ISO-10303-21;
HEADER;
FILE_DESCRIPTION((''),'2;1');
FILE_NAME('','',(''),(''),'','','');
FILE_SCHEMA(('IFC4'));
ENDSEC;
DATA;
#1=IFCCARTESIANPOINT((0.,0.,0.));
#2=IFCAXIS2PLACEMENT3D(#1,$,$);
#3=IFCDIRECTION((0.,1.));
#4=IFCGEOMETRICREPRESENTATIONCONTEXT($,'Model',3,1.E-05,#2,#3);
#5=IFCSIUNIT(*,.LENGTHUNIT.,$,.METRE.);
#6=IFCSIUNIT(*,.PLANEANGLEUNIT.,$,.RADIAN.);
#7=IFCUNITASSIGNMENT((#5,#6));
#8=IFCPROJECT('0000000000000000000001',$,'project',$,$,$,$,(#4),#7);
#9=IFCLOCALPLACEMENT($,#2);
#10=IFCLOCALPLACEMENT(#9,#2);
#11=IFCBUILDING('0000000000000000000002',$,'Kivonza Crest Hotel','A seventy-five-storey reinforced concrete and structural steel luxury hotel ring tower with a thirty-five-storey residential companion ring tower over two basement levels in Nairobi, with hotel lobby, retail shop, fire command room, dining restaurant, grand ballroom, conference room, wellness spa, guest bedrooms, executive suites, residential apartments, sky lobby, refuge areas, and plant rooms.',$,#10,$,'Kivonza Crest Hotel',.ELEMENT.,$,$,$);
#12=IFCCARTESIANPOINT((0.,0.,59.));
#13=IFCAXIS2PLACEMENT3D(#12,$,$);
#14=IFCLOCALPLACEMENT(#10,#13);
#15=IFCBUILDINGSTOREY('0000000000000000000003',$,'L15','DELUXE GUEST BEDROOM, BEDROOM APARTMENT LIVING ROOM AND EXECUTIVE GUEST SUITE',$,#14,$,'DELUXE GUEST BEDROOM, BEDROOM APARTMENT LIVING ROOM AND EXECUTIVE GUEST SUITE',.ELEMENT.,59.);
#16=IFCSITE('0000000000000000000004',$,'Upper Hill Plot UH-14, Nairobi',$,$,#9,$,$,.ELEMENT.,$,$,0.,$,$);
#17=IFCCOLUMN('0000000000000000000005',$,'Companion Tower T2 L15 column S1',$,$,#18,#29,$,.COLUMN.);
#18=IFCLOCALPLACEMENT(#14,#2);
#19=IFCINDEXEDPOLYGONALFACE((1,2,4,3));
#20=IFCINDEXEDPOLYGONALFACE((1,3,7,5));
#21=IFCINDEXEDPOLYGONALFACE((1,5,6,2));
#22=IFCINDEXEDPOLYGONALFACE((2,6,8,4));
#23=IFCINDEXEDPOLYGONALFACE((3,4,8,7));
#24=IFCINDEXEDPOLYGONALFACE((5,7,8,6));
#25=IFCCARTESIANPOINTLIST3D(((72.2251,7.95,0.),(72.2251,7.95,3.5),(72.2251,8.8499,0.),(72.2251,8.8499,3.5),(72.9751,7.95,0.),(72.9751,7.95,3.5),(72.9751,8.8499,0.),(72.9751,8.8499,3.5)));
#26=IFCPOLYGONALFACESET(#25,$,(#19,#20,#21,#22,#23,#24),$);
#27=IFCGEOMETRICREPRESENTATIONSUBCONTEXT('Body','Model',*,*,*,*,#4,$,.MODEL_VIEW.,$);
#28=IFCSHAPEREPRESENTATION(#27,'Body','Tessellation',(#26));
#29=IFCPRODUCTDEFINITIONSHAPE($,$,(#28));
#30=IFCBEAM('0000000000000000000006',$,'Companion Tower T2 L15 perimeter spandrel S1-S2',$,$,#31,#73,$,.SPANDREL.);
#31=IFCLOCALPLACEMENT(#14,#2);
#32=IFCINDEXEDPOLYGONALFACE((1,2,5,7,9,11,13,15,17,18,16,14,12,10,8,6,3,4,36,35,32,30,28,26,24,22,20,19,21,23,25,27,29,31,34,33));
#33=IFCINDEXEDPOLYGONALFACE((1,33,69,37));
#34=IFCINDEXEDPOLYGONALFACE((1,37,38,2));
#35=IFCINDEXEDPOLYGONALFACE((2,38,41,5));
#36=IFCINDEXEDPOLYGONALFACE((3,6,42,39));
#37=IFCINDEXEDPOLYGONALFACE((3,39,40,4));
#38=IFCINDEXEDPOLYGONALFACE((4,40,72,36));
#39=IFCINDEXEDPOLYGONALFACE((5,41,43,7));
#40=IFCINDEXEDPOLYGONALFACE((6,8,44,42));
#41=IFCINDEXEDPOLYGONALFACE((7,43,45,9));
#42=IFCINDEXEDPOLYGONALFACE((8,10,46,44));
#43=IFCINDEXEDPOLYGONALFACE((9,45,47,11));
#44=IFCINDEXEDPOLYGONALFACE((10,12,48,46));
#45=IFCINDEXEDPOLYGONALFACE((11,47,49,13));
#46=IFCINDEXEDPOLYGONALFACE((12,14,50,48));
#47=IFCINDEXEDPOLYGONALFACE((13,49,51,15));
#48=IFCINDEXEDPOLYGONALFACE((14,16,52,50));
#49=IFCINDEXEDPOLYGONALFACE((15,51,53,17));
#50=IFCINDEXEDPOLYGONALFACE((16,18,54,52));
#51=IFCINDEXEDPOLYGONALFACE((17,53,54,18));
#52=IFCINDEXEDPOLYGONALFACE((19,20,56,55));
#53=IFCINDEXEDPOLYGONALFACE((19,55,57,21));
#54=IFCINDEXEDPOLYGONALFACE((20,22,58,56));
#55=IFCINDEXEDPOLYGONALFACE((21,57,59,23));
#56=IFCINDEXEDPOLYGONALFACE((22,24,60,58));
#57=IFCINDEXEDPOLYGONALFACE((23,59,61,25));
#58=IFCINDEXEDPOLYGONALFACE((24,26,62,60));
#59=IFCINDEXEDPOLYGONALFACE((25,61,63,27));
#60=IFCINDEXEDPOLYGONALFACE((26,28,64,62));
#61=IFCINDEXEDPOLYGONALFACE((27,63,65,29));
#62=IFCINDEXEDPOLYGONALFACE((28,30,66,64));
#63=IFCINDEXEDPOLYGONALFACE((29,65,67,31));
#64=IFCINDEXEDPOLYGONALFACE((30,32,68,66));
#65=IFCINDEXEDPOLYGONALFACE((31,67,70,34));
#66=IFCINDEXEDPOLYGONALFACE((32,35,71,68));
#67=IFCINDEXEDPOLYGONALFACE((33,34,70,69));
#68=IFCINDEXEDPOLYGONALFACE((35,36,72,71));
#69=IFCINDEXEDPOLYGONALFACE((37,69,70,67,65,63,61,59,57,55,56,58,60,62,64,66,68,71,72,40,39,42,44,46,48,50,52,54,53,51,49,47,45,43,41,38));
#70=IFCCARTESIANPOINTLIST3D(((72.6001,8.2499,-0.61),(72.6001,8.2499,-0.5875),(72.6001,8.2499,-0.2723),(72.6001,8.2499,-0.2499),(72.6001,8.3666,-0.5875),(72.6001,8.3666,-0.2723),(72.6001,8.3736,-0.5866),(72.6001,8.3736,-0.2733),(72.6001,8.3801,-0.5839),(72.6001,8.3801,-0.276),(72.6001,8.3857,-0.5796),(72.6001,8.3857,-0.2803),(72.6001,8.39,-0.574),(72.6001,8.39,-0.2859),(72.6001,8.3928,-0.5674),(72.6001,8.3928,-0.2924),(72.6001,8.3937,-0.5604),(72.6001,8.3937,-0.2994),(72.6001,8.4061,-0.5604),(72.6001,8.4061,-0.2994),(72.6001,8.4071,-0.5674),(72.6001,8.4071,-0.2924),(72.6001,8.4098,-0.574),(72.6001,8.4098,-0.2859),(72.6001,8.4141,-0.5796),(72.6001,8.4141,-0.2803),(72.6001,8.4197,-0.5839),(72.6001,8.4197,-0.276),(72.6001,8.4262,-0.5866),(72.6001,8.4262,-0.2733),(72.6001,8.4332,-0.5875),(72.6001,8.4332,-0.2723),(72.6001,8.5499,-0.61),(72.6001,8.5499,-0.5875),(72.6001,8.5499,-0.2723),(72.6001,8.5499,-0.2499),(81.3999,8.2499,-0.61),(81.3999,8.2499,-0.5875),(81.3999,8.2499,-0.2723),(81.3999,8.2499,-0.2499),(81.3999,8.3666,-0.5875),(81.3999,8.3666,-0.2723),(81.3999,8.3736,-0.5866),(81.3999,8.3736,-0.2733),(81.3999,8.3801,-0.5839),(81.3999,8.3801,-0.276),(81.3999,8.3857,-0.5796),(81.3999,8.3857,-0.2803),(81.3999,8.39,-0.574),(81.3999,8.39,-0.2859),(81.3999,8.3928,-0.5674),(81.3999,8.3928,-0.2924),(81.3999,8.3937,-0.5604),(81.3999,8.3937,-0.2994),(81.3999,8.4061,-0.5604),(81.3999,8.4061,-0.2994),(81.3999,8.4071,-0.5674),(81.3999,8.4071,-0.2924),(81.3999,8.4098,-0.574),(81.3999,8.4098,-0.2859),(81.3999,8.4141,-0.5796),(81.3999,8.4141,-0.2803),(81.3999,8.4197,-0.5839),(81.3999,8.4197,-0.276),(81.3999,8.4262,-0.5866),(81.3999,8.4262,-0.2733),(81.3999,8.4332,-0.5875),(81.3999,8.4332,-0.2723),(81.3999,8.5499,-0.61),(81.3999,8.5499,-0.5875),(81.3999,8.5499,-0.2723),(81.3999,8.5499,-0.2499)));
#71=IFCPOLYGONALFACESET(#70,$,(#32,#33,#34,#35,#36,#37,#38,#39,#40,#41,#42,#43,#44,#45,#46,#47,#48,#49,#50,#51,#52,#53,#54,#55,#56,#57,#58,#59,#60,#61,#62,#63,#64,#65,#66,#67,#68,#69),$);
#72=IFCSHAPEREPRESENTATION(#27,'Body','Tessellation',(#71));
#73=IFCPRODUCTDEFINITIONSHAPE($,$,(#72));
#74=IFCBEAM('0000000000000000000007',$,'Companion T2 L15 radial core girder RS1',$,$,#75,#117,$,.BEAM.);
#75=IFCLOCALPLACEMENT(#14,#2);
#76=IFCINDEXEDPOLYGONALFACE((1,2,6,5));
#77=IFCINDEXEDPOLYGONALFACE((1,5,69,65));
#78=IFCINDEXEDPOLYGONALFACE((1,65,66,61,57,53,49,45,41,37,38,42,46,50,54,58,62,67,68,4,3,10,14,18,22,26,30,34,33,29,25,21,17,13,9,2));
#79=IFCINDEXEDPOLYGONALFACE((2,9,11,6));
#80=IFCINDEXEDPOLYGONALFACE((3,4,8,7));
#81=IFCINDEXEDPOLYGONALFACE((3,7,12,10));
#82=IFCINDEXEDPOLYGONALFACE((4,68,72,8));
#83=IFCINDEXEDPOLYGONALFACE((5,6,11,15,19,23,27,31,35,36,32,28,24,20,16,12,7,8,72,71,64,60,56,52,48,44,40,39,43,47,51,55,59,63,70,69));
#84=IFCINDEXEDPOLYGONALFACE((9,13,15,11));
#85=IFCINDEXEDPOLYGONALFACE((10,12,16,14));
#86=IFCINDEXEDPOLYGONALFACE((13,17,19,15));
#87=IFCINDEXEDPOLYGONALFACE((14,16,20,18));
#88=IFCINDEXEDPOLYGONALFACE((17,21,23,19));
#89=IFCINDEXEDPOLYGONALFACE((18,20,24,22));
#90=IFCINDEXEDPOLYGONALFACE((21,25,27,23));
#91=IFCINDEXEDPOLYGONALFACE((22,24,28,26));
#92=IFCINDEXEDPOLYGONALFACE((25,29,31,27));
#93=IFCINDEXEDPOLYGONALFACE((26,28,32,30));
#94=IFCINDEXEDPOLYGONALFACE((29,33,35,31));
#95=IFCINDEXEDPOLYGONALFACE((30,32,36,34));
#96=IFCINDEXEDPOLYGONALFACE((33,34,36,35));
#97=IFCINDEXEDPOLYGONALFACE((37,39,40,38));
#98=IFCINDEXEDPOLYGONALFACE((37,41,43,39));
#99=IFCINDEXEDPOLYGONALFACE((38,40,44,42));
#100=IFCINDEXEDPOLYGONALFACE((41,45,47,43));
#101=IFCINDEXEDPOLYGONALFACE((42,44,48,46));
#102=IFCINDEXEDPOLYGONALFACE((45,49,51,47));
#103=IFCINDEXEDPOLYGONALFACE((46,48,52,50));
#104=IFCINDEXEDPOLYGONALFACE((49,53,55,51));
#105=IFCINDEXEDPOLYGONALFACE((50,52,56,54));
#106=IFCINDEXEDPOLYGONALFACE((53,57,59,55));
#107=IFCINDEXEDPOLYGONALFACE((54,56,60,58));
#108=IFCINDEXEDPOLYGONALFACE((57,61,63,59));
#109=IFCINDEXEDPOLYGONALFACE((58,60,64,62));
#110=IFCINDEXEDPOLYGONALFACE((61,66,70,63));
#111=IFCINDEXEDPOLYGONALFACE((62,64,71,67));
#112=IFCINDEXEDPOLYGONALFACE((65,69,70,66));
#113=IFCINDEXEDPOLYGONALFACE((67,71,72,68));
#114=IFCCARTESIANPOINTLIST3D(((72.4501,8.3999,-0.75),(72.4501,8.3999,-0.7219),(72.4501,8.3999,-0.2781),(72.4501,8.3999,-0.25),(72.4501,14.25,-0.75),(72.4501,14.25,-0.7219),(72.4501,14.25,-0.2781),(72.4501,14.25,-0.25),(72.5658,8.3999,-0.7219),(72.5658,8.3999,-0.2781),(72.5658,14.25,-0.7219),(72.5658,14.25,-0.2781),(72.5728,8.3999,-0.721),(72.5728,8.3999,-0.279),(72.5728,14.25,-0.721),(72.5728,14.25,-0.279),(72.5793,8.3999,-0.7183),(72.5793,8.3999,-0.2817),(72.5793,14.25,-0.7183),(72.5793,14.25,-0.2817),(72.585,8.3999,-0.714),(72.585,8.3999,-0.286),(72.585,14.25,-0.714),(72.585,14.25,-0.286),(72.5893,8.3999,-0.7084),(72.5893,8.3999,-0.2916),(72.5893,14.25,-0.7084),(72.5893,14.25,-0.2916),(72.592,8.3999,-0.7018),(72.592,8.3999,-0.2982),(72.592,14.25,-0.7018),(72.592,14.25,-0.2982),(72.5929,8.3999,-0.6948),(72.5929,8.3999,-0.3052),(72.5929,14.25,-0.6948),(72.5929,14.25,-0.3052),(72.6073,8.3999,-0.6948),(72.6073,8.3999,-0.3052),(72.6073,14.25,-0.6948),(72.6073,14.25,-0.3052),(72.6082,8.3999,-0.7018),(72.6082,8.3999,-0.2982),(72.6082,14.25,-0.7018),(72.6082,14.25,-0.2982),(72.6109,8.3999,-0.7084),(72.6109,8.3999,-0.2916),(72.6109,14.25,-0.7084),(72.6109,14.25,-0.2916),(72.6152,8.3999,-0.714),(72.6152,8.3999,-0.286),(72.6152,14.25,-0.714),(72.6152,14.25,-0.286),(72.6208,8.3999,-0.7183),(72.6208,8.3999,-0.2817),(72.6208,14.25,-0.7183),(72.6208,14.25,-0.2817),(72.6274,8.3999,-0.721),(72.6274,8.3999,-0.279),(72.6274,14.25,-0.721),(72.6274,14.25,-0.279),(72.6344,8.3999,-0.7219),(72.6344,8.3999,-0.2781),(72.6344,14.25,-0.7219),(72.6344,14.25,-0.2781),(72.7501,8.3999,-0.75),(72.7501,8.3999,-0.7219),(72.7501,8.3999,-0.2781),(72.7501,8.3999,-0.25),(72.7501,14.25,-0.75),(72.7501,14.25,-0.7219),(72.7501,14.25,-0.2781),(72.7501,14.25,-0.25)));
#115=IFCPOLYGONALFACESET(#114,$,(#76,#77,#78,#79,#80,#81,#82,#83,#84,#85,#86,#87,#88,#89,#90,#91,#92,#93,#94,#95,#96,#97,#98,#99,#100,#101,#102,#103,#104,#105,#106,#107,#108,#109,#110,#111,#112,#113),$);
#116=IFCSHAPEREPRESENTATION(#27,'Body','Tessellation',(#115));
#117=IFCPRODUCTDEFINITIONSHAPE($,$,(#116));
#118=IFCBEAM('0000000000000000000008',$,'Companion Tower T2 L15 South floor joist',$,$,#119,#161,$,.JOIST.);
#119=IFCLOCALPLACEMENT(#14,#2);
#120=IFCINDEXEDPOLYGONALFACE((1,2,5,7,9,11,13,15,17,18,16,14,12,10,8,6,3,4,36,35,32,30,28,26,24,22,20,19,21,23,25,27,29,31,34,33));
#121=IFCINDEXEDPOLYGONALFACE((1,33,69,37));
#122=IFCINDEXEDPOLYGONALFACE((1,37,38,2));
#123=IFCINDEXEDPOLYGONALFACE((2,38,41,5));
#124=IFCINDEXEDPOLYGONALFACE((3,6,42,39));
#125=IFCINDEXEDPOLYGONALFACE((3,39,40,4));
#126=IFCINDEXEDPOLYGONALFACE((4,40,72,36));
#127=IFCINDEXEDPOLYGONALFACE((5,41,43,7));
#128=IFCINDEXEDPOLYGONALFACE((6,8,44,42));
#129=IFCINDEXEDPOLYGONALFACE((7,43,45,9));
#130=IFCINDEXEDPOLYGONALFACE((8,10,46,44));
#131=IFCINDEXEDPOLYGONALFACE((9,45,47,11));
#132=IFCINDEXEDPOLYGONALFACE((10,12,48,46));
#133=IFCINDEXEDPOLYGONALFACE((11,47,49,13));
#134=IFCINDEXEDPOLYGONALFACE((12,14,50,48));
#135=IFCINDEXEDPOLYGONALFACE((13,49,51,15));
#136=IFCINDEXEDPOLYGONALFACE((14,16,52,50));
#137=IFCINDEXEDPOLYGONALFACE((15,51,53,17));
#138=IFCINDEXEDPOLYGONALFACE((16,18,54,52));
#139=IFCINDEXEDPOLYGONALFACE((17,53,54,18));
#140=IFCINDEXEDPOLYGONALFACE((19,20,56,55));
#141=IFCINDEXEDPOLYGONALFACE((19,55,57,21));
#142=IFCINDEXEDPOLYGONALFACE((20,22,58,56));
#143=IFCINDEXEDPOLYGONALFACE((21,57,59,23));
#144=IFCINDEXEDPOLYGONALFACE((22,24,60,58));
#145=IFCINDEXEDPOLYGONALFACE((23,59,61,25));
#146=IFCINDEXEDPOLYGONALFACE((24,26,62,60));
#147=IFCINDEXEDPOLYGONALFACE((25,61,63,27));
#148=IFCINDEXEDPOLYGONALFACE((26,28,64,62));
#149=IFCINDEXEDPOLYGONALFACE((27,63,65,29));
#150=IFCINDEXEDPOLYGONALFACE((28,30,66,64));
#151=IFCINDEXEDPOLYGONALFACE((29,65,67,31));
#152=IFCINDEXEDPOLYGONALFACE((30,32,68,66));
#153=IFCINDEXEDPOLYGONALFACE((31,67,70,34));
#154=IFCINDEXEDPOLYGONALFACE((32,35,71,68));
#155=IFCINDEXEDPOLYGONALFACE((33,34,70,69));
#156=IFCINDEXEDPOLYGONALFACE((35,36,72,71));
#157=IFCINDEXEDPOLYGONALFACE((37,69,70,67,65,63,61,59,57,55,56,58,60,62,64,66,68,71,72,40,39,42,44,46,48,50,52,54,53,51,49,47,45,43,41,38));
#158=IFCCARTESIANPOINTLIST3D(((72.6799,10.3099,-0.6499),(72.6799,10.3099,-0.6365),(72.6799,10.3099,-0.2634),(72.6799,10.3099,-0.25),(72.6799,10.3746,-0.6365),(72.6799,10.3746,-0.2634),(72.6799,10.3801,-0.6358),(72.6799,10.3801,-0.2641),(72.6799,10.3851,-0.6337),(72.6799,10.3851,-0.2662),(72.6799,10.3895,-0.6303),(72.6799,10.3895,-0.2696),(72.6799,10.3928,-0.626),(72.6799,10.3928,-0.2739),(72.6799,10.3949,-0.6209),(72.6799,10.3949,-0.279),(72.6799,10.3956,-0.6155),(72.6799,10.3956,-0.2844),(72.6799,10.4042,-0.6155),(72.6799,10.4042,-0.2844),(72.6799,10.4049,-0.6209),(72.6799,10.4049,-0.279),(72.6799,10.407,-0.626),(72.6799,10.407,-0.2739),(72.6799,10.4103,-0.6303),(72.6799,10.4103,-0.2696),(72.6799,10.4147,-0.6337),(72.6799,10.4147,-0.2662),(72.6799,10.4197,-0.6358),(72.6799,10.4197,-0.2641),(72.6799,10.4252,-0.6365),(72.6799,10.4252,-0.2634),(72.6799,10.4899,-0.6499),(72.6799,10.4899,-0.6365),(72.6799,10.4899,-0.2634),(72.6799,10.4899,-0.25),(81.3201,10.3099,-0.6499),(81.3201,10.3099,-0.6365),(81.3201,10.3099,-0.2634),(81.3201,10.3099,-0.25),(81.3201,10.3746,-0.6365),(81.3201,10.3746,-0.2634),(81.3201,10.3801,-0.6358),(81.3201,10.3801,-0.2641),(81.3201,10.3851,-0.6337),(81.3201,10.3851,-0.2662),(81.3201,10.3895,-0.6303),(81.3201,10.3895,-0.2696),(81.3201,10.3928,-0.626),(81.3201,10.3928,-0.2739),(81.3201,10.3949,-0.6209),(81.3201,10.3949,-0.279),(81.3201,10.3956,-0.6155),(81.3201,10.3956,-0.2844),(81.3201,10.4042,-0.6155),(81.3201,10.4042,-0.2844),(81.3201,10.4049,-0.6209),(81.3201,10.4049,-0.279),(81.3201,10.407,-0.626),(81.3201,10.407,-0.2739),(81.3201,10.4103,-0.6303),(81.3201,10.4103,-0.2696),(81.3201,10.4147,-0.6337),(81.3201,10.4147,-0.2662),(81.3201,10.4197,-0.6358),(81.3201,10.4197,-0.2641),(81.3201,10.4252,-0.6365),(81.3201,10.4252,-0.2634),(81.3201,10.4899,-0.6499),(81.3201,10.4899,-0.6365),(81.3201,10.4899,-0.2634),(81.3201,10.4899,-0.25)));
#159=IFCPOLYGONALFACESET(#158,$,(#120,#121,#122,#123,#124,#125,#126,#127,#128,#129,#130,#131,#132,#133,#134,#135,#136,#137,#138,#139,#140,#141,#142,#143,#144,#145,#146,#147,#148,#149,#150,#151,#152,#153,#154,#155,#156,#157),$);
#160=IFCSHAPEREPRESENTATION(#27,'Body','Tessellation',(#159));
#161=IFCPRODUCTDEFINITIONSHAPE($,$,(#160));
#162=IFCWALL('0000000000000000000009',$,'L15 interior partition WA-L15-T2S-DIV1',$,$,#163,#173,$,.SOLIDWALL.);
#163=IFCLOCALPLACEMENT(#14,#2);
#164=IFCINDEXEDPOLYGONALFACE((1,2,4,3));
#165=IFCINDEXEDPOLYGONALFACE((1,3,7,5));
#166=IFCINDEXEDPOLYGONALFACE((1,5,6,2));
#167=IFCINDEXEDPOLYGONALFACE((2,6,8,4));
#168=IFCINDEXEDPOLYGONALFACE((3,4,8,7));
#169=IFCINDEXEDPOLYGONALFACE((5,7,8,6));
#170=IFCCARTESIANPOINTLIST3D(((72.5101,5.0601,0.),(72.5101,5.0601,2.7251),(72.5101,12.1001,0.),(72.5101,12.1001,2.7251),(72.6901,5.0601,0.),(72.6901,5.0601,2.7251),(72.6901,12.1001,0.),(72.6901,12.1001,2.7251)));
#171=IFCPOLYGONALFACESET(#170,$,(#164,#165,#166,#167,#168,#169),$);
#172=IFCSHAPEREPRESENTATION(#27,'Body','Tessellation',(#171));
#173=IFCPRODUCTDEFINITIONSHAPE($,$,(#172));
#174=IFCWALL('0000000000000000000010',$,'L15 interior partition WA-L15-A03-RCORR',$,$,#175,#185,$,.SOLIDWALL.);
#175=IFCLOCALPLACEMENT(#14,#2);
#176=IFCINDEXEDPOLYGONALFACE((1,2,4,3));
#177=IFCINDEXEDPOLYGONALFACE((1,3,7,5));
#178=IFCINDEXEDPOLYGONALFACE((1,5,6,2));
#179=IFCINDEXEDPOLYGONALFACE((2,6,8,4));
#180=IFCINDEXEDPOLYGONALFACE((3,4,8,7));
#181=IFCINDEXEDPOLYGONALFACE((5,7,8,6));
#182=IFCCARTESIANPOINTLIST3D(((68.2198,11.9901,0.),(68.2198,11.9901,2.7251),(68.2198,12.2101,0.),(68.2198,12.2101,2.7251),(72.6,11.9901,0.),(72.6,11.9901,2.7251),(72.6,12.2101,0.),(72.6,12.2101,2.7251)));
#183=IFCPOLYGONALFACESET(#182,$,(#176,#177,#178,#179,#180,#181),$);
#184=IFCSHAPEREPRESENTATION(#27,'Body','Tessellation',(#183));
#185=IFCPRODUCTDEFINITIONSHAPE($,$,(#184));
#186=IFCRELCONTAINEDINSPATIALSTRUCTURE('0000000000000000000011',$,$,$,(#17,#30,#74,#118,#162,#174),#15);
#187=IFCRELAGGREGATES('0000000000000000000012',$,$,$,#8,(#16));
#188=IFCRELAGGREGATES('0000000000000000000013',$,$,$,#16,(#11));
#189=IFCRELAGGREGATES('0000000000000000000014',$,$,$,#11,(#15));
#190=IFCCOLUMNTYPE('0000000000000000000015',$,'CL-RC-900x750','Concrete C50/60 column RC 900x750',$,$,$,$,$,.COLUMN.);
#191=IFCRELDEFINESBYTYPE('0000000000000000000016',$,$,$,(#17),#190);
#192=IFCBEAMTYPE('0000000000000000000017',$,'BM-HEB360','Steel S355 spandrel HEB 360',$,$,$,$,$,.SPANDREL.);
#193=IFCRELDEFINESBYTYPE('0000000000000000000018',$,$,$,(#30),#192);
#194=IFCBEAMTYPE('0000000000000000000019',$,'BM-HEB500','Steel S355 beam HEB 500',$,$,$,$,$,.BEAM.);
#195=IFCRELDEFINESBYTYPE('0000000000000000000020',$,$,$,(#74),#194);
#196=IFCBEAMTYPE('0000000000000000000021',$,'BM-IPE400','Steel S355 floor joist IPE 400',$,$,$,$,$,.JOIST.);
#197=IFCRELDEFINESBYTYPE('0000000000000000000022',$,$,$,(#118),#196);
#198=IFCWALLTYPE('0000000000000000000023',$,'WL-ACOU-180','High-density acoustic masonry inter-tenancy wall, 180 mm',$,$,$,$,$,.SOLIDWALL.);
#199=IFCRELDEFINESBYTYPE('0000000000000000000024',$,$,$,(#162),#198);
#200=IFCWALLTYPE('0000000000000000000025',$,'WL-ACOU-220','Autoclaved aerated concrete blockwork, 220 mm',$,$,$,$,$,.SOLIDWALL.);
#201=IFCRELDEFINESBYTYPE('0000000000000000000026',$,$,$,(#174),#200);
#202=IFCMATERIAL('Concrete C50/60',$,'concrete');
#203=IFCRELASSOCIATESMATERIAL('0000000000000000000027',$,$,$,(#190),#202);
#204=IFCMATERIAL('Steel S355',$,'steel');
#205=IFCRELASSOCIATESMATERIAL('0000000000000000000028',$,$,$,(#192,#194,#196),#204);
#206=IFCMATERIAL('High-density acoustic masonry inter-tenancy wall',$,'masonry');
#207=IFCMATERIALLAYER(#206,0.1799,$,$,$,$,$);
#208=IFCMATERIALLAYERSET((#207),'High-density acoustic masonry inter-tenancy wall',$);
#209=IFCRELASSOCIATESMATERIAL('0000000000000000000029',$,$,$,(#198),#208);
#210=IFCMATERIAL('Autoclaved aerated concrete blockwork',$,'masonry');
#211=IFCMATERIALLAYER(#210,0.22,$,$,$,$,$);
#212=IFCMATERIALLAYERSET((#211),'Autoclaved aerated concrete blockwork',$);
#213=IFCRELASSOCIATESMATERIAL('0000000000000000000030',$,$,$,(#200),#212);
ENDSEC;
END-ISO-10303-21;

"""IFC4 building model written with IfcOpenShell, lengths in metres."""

from ifc_helpers import new_model, si_unit, direction, frame, frame_2d, origin, origin_2d, place, context, subcontext, project, spatial, rectangle, i_section, extrude, material, layer, layer_set, material_profile, profile_set, type_object, element, save


model = new_model("IFC4")

# Units and contexts
model_context = context("Model", 3, precision=1e-05, world=origin(), true_north=direction((0.0, 1.0)))
body_context = subcontext(model_context, "Body", "Model", "MODEL_VIEW")
ifc_project = project(units=[si_unit("LENGTHUNIT", "METRE"), si_unit("PLANEANGLEUNIT", "RADIAN")], contexts=[model_context])

# Site, building, storey
site_placement = place(None, origin())
site = spatial("IfcSite", under=ifc_project, at=site_placement, Name="Upper Hill Plot UH-14, Nairobi", CompositionType="ELEMENT", RefElevation=0.0)
building_placement = place(site_placement, origin())
building = spatial("IfcBuilding", under=site, at=building_placement, Name="Kivonza Crest Hotel", Description="A seventy-five-storey reinforced concrete and structural steel luxury hotel ring tower with a thirty-five-storey residential companion ring tower over two basement levels in Nairobi, with hotel lobby, retail shop, fire command room, dining restaurant, grand ballroom, conference room, wellness spa, guest bedrooms, executive suites, residential apartments, sky lobby, refuge areas, and plant rooms.", LongName="Kivonza Crest Hotel", CompositionType="ELEMENT")
storey_placement = place(building_placement, frame((0.0, 0.0, 59.0)))
storey = spatial("IfcBuildingStorey", under=building, at=storey_placement, Name="L15", Description="DELUXE GUEST BEDROOM, BEDROOM APARTMENT LIVING ROOM AND EXECUTIVE GUEST SUITE", LongName="DELUXE GUEST BEDROOM, BEDROOM APARTMENT LIVING ROOM AND EXECUTIVE GUEST SUITE", CompositionType="ELEMENT", Elevation=59.0)

# Column
ifc_material_1 = material(Name="Concrete C50/60", Category="concrete")
ifc_material_profile_1 = material_profile(ifc_material_1, rectangle(XDim=0.75, YDim=0.8999, at=origin_2d()), Name="RC 900x750")
ifc_profile_set_1 = profile_set([ifc_material_profile_1], Name="Concrete C50/60")
column_type = type_object("IfcColumnType", Name="CL-RC-900x750", Description="Concrete C50/60 column RC 900x750", PredefinedType="COLUMN", material=ifc_profile_set_1)
column_placement = place(storey_placement, frame((72.6001, 8.3999, 0.0), z_axis=(0.0, 0.0, 1.0), x_axis=(1.0, 0.0, 0.0)))
element("IfcColumn", 1, at=column_placement, inside=storey, type_object=column_type, Name="Companion Tower T2 L15 column S1", PredefinedType="COLUMN", context=body_context, shape_type="SweptSolid", body=[
    extrude(rectangle(XDim=0.75, YDim=0.8999, at=origin_2d()), origin(), (0.0, 0.0, 1.0), 3.5),
])

# Beams
ifc_material_2 = material(Name="Steel S355", Category="steel")
ifc_material_profile_2 = material_profile(ifc_material_2, i_section(OverallWidth=0.3, OverallDepth=0.3601, WebThickness=0.0125, FlangeThickness=0.0225, FilletRadius=0.0271, at=origin_2d()), Name="HEB 360")
ifc_profile_set_2 = profile_set([ifc_material_profile_2], Name="Steel S355")
beam_type_1 = type_object("IfcBeamType", Name="BM-HEB360", Description="Steel S355 spandrel HEB 360", PredefinedType="SPANDREL", material=ifc_profile_set_2)
beam_1_placement = place(storey_placement, frame((72.6001, 8.3999, -0.4299), z_axis=(1.0, 0.0, 0.0), x_axis=(0.0, 1.0, 0.0)))
element("IfcBeam", 2, at=beam_1_placement, inside=storey, type_object=beam_type_1, Name="Companion Tower T2 L15 perimeter spandrel S1-S2", PredefinedType="SPANDREL", context=body_context, shape_type="SweptSolid", body=[
    extrude(i_section(OverallWidth=0.3, OverallDepth=0.3601, WebThickness=0.0125, FlangeThickness=0.0225, FilletRadius=0.0271, at=origin_2d()), origin(), (0.0, 0.0, 1.0), 8.7998),
])
ifc_material_profile_3 = material_profile(ifc_material_2, i_section(OverallWidth=0.3, OverallDepth=0.5, WebThickness=0.0144, FlangeThickness=0.0281, FilletRadius=0.0271, at=origin_2d()), Name="HEB 500")
ifc_profile_set_3 = profile_set([ifc_material_profile_3], Name="Steel S355")
beam_type_2 = type_object("IfcBeamType", Name="BM-HEB500", Description="Steel S355 beam HEB 500", PredefinedType="BEAM", material=ifc_profile_set_3)
beam_2_placement = place(storey_placement, frame((72.6001, 8.3999, -0.5), z_axis=(0.0, 1.0, 0.0), x_axis=(-1.0, 0.0, 0.0)))
element("IfcBeam", 3, at=beam_2_placement, inside=storey, type_object=beam_type_2, Name="Companion T2 L15 radial core girder RS1", PredefinedType="BEAM", context=body_context, shape_type="SweptSolid", body=[
    extrude(i_section(OverallWidth=0.3, OverallDepth=0.5, WebThickness=0.0144, FlangeThickness=0.0281, FilletRadius=0.0271, at=origin_2d()), origin(), (0.0, 0.0, 1.0), 5.8501),
])
ifc_material_profile_4 = material_profile(ifc_material_2, i_section(OverallWidth=0.1799, OverallDepth=0.3999, WebThickness=0.0085, FlangeThickness=0.0134, FilletRadius=0.021, at=origin_2d()), Name="IPE 400")
ifc_profile_set_4 = profile_set([ifc_material_profile_4], Name="Steel S355")
beam_type_3 = type_object("IfcBeamType", Name="BM-IPE400", Description="Steel S355 floor joist IPE 400", PredefinedType="JOIST", material=ifc_profile_set_4)
beam_3_placement = place(storey_placement, frame((72.6799, 10.3999, -0.45), z_axis=(1.0, 0.0, 0.0), x_axis=(0.0, 1.0, 0.0)))
element("IfcBeam", 4, at=beam_3_placement, inside=storey, type_object=beam_type_3, Name="Companion Tower T2 L15 South floor joist", PredefinedType="JOIST", context=body_context, shape_type="SweptSolid", body=[
    extrude(i_section(OverallWidth=0.1799, OverallDepth=0.3999, WebThickness=0.0085, FlangeThickness=0.0134, FilletRadius=0.021, at=origin_2d()), origin(), (0.0, 0.0, 1.0), 8.6401),
])

# Walls
ifc_material_3 = material(Name="High-density acoustic masonry inter-tenancy wall", Category="masonry")
ifc_layer_1 = layer(ifc_material_3, 0.1799)
ifc_layer_set_1 = layer_set([ifc_layer_1], Name="High-density acoustic masonry inter-tenancy wall")
wall_type_1 = type_object("IfcWallType", Name="WL-ACOU-180", Description="High-density acoustic masonry inter-tenancy wall, 180 mm", PredefinedType="SOLIDWALL", material=ifc_layer_set_1)
wall_1_placement = place(storey_placement, frame((72.6001, 5.0601, 0.0), z_axis=(0.0, 0.0, 1.0), x_axis=(0.0, 1.0, 0.0)))
element("IfcWall", 5, at=wall_1_placement, inside=storey, type_object=wall_type_1, Name="L15 interior partition WA-L15-T2S-DIV1", PredefinedType="SOLIDWALL", context=body_context, shape_type="SweptSolid", body=[
    extrude(rectangle(XDim=7.04, YDim=0.1799, at=frame_2d((3.52, 0.0))), origin(), (0.0, 0.0, 1.0), 2.7251),
])
ifc_material_4 = material(Name="Autoclaved aerated concrete blockwork", Category="masonry")
ifc_layer_2 = layer(ifc_material_4, 0.22)
ifc_layer_set_2 = layer_set([ifc_layer_2], Name="Autoclaved aerated concrete blockwork")
wall_type_2 = type_object("IfcWallType", Name="WL-ACOU-220", Description="Autoclaved aerated concrete blockwork, 220 mm", PredefinedType="SOLIDWALL", material=ifc_layer_set_2)
wall_2_placement = place(storey_placement, frame((68.22, 12.1001, 0.0), z_axis=(0.0, 0.0, 1.0), x_axis=(1.0, 0.0, 0.0)))
element("IfcWall", 6, at=wall_2_placement, inside=storey, type_object=wall_type_2, Name="L15 interior partition WA-L15-A03-RCORR", PredefinedType="SOLIDWALL", context=body_context, shape_type="SweptSolid", body=[
    extrude(rectangle(XDim=4.3801, YDim=0.22, at=frame_2d((2.1899, 0.0))), origin(), (0.0, 0.0, 1.0), 2.7251),
])

save(model, "model.ifc")
